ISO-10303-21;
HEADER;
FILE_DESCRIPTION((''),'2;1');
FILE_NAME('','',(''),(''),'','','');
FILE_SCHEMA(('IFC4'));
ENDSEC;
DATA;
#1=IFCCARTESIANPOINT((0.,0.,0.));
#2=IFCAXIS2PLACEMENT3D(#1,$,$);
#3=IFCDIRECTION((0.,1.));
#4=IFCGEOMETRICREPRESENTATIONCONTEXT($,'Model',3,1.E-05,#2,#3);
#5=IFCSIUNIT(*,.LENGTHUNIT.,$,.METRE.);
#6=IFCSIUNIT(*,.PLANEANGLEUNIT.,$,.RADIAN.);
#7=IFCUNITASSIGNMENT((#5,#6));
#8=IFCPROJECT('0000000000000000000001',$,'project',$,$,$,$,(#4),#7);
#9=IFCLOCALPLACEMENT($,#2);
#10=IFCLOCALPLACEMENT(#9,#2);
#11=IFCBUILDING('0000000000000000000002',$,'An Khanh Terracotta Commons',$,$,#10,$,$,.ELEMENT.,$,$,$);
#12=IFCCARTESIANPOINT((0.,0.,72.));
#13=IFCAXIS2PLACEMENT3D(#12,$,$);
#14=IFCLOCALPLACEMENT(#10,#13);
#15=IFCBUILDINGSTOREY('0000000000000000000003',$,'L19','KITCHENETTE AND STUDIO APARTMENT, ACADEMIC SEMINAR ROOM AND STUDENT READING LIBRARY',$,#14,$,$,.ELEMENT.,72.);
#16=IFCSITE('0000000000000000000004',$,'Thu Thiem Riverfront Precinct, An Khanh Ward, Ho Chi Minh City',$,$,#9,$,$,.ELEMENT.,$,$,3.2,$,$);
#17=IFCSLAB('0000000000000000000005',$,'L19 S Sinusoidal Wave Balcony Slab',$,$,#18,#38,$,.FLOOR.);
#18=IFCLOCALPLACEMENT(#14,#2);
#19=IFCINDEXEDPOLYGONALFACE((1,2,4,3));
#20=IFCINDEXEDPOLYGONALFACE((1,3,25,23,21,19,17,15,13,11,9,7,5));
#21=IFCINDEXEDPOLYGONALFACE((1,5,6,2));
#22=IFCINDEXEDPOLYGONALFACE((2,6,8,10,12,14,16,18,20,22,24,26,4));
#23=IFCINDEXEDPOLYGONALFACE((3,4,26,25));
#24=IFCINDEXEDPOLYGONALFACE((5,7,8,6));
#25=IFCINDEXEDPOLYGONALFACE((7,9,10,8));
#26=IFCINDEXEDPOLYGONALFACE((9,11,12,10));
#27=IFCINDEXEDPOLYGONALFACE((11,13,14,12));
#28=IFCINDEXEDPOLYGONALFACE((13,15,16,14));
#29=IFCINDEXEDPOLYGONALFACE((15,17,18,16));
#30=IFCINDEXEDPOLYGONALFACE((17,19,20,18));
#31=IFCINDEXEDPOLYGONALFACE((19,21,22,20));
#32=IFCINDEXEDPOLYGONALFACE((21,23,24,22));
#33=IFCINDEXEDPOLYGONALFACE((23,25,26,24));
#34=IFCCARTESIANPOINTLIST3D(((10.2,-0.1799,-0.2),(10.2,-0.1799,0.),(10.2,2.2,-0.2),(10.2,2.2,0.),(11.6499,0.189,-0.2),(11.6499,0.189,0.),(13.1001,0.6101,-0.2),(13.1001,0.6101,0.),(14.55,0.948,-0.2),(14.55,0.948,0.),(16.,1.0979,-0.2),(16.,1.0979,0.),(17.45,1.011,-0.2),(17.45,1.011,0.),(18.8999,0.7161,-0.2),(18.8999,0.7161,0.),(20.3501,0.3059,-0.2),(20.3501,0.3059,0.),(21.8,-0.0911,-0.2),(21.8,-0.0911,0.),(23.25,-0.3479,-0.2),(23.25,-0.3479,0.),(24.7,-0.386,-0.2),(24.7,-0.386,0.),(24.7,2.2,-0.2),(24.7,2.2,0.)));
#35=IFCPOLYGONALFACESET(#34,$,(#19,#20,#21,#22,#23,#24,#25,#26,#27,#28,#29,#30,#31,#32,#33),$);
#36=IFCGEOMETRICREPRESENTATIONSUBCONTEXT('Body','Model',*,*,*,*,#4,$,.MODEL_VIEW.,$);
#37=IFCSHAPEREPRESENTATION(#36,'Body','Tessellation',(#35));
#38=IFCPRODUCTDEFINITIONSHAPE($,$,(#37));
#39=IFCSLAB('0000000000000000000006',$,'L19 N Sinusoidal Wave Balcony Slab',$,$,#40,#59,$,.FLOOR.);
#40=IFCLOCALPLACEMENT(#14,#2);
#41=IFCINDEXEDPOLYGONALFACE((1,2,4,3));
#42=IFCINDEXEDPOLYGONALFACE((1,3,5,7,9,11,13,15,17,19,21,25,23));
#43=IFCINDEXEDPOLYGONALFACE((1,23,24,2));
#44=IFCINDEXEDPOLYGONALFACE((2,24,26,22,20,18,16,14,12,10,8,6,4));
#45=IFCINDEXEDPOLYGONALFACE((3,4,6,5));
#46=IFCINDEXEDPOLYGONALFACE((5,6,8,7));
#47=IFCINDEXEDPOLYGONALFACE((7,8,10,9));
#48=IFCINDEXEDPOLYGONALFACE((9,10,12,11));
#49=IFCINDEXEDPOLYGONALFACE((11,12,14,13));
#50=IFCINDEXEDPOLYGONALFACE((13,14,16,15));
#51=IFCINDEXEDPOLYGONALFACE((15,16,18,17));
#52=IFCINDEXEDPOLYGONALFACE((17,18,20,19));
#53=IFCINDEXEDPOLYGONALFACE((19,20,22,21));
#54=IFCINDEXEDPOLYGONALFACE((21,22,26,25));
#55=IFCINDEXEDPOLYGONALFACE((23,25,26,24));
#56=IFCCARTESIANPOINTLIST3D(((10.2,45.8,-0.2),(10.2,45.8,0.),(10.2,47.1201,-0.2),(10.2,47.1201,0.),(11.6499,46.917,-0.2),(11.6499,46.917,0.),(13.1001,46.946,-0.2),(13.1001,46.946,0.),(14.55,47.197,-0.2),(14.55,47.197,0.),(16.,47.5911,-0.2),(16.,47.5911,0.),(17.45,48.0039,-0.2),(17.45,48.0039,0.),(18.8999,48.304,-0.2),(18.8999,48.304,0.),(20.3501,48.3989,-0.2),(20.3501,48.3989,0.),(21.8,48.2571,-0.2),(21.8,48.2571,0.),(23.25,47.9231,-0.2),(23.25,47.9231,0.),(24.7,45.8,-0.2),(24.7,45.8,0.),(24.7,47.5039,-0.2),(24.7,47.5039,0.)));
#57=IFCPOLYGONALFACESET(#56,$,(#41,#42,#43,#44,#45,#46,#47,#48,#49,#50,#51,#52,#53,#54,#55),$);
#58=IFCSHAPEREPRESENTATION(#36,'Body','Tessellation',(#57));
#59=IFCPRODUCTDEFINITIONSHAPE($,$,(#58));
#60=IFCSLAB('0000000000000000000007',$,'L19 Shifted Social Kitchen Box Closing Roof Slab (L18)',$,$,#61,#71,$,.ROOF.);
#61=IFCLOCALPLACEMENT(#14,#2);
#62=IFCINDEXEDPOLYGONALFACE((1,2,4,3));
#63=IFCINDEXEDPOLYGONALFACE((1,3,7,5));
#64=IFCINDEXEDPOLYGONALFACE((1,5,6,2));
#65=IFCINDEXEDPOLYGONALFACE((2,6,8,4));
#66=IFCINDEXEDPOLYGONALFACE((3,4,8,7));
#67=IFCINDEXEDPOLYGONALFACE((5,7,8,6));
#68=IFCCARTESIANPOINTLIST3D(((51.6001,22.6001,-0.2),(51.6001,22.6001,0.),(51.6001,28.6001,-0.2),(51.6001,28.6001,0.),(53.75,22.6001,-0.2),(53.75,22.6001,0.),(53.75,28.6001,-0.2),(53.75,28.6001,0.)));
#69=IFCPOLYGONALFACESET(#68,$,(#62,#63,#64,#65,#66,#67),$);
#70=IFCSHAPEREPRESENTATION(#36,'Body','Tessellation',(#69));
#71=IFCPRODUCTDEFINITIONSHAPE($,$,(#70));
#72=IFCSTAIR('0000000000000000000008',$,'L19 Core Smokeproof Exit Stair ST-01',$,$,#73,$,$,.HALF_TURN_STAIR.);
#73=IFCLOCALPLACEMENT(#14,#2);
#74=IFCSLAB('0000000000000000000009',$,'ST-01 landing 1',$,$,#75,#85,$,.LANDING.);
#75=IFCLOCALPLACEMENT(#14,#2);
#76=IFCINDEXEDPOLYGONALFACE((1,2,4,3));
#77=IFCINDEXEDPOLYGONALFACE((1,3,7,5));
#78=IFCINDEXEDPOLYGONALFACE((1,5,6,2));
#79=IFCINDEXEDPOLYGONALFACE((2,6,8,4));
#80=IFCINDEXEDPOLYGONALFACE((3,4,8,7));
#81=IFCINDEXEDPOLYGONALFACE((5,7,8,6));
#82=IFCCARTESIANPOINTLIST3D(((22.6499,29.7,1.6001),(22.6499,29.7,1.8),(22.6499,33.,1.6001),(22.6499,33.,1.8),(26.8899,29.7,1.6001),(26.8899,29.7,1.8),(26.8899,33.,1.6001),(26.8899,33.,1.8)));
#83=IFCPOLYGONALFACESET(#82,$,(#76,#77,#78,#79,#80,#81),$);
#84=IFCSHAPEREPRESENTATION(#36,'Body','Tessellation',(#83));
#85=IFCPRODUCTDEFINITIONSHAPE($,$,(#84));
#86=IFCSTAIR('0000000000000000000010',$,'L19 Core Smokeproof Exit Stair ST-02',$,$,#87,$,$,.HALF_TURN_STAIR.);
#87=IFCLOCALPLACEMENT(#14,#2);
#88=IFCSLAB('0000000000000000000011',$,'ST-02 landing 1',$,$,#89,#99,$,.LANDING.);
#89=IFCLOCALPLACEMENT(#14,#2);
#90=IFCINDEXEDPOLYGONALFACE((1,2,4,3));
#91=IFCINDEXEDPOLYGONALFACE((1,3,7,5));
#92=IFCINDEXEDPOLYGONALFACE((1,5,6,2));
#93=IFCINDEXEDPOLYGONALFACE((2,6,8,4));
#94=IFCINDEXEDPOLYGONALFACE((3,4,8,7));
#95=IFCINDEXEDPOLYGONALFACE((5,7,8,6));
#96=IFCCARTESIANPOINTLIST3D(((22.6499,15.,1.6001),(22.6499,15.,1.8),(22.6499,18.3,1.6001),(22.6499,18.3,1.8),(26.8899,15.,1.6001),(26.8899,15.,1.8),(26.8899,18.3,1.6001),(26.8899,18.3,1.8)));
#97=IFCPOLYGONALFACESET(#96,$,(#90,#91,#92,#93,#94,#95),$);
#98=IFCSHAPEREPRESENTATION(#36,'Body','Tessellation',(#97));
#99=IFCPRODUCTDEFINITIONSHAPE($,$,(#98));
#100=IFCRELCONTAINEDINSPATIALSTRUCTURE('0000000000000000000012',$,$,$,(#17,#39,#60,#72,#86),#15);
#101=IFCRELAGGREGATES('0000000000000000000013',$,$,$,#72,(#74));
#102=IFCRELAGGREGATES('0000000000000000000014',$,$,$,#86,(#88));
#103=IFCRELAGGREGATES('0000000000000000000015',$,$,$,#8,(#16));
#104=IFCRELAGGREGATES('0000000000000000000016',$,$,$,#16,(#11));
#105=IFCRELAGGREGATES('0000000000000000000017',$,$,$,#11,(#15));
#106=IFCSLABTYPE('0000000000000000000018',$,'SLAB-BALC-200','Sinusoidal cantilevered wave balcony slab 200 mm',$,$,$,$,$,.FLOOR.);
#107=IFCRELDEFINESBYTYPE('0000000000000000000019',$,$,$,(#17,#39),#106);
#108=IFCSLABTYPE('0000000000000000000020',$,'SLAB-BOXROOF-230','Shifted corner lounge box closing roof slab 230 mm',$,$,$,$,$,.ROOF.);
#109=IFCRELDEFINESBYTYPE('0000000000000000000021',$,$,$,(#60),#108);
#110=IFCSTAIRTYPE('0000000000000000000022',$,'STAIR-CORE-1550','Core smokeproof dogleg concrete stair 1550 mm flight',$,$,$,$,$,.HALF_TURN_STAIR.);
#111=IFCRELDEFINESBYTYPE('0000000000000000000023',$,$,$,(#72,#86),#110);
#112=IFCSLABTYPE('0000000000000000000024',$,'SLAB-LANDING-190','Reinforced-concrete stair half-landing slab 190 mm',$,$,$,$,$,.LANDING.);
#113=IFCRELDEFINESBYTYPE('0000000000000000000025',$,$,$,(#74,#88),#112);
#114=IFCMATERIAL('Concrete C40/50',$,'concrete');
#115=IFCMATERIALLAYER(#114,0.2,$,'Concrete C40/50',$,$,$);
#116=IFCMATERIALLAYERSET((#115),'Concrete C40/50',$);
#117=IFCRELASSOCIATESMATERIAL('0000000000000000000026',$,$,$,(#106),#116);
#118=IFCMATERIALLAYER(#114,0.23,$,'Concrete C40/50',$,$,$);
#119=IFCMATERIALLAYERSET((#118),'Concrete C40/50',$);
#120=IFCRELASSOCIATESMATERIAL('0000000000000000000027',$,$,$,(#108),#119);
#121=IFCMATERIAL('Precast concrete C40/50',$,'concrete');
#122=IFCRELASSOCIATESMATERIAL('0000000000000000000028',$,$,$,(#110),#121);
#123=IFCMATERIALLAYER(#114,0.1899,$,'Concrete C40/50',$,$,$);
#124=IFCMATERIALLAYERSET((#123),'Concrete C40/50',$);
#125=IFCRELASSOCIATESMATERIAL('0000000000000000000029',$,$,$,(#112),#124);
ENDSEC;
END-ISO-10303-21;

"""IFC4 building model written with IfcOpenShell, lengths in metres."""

from ifc_helpers import new_model, si_unit, direction, frame, origin, place, context, subcontext, project, spatial, polyline, outline, extrude, material, layer, layer_set, type_object, element, aggregate, save


model = new_model("IFC4")

# Units and contexts
model_context = context("Model", 3, precision=1e-05, world=origin(), true_north=direction((0.0, 1.0)))
body_context = subcontext(model_context, "Body", "Model", "MODEL_VIEW")
ifc_project = project(units=[si_unit("LENGTHUNIT", "METRE"), si_unit("PLANEANGLEUNIT", "RADIAN")], contexts=[model_context])

# Site, building, storey
site_placement = place(None, origin())
site = spatial("IfcSite", under=ifc_project, at=site_placement, Name="Thu Thiem Riverfront Precinct, An Khanh Ward, Ho Chi Minh City", CompositionType="ELEMENT", RefElevation=3.2)
building_placement = place(site_placement, origin())
building = spatial("IfcBuilding", under=site, at=building_placement, Name="An Khanh Terracotta Commons", CompositionType="ELEMENT")
storey_placement = place(building_placement, frame((0.0, 0.0, 72.0)))
storey = spatial("IfcBuildingStorey", under=building, at=storey_placement, Name="L19", Description="KITCHENETTE AND STUDIO APARTMENT, ACADEMIC SEMINAR ROOM AND STUDENT READING LIBRARY", CompositionType="ELEMENT", Elevation=72.0)

# Slabs
ifc_material_1 = material(Name="Concrete C40/50", Category="concrete")
ifc_layer_1 = layer(ifc_material_1, 0.2, Name="Concrete C40/50")
ifc_layer_set_1 = layer_set([ifc_layer_1], Name="Concrete C40/50")
slab_type_1 = type_object("IfcSlabType", Name="SLAB-BALC-200", Description="Sinusoidal cantilevered wave balcony slab 200 mm", PredefinedType="FLOOR", material=ifc_layer_set_1)
slab_1_placement = place(storey_placement, frame((0.0, 0.0, -0.2)))
element("IfcSlab", 1, at=slab_1_placement, inside=storey, type_object=slab_type_1, Name="L19 S Sinusoidal Wave Balcony Slab", PredefinedType="FLOOR", context=body_context, shape_type="SweptSolid", body=[
    extrude(outline(polyline([(10.2, 2.2), (10.2, -0.1799), (11.6499, 0.189), (13.1001, 0.6101), (14.55, 0.948), (16.0, 1.0979), (17.45, 1.011), (18.8999, 0.7161), (20.3501, 0.3059), (21.8, -0.0911), (23.25, -0.3479), (24.7, -0.386), (24.7, 2.2), (10.2, 2.2)])), origin(), (0.0, 0.0, 1.0), 0.2),
])
slab_2_placement = place(storey_placement, frame((0.0, 0.0, -0.2)))
element("IfcSlab", 2, at=slab_2_placement, inside=storey, type_object=slab_type_1, Name="L19 N Sinusoidal Wave Balcony Slab", PredefinedType="FLOOR", context=body_context, shape_type="SweptSolid", body=[
    extrude(outline(polyline([(24.7, 45.8), (24.7, 47.5039), (23.25, 47.9231), (21.8, 48.2571), (20.3501, 48.3989), (18.8999, 48.304), (17.45, 48.0039), (16.0, 47.5911), (14.55, 47.197), (13.1001, 46.946), (11.6499, 46.917), (10.2, 47.1201), (10.2, 45.8), (24.7, 45.8)])), origin(), (0.0, 0.0, 1.0), 0.2),
])
ifc_layer_2 = layer(ifc_material_1, 0.23, Name="Concrete C40/50")
ifc_layer_set_2 = layer_set([ifc_layer_2], Name="Concrete C40/50")
slab_type_2 = type_object("IfcSlabType", Name="SLAB-BOXROOF-230", Description="Shifted corner lounge box closing roof slab 230 mm", PredefinedType="ROOF", material=ifc_layer_set_2)
slab_3_placement = place(storey_placement, frame((0.0, 0.0, -0.2)))
element("IfcSlab", 3, at=slab_3_placement, inside=storey, type_object=slab_type_2, Name="L19 Shifted Social Kitchen Box Closing Roof Slab (L18)", PredefinedType="ROOF", context=body_context, shape_type="SweptSolid", body=[
    extrude(outline(polyline([(51.6001, 22.6001), (53.75, 22.6001), (53.75, 28.6001), (51.6001, 28.6001), (51.6001, 22.6001)])), origin(), (0.0, 0.0, 1.0), 0.2),
])

# Stairs, slabs
ifc_material_2 = material(Name="Precast concrete C40/50", Category="concrete")
stair_type = type_object("IfcStairType", Name="STAIR-CORE-1550", Description="Core smokeproof dogleg concrete stair 1550 mm flight", PredefinedType="HALF_TURN_STAIR", material=ifc_material_2)
stair_1_placement = place(storey_placement, origin())
stair_1 = element("IfcStair", 4, at=stair_1_placement, inside=storey, type_object=stair_type, Name="L19 Core Smokeproof Exit Stair ST-01", PredefinedType="HALF_TURN_STAIR")
ifc_layer_3 = layer(ifc_material_1, 0.1899, Name="Concrete C40/50")
ifc_layer_set_3 = layer_set([ifc_layer_3], Name="Concrete C40/50")
slab_type_3 = type_object("IfcSlabType", Name="SLAB-LANDING-190", Description="Reinforced-concrete stair half-landing slab 190 mm", PredefinedType="LANDING", material=ifc_layer_set_3)
slab_4_placement = place(storey_placement, frame((0.0, 0.0, 1.6001)))
slab_4 = element("IfcSlab", 5, at=slab_4_placement, type_object=slab_type_3, Name="ST-01 landing 1", PredefinedType="LANDING", context=body_context, shape_type="SweptSolid", body=[
    extrude(outline(polyline([(26.8899, 33.0), (22.6499, 33.0), (22.6499, 29.7), (26.8899, 29.7), (26.8899, 33.0)])), origin(), (0.0, 0.0, 1.0), 0.2),
])
aggregate(stair_1, [slab_4])
stair_2_placement = place(storey_placement, origin())
stair_2 = element("IfcStair", 6, at=stair_2_placement, inside=storey, type_object=stair_type, Name="L19 Core Smokeproof Exit Stair ST-02", PredefinedType="HALF_TURN_STAIR")
slab_5_placement = place(storey_placement, frame((0.0, 0.0, 1.6001)))
slab_5 = element("IfcSlab", 7, at=slab_5_placement, type_object=slab_type_3, Name="ST-02 landing 1", PredefinedType="LANDING", context=body_context, shape_type="SweptSolid", body=[
    extrude(outline(polyline([(26.8899, 18.3), (22.6499, 18.3), (22.6499, 15.0), (26.8899, 15.0), (26.8899, 18.3)])), origin(), (0.0, 0.0, 1.0), 0.2),
])
aggregate(stair_2, [slab_5])

save(model, "model.ifc")
